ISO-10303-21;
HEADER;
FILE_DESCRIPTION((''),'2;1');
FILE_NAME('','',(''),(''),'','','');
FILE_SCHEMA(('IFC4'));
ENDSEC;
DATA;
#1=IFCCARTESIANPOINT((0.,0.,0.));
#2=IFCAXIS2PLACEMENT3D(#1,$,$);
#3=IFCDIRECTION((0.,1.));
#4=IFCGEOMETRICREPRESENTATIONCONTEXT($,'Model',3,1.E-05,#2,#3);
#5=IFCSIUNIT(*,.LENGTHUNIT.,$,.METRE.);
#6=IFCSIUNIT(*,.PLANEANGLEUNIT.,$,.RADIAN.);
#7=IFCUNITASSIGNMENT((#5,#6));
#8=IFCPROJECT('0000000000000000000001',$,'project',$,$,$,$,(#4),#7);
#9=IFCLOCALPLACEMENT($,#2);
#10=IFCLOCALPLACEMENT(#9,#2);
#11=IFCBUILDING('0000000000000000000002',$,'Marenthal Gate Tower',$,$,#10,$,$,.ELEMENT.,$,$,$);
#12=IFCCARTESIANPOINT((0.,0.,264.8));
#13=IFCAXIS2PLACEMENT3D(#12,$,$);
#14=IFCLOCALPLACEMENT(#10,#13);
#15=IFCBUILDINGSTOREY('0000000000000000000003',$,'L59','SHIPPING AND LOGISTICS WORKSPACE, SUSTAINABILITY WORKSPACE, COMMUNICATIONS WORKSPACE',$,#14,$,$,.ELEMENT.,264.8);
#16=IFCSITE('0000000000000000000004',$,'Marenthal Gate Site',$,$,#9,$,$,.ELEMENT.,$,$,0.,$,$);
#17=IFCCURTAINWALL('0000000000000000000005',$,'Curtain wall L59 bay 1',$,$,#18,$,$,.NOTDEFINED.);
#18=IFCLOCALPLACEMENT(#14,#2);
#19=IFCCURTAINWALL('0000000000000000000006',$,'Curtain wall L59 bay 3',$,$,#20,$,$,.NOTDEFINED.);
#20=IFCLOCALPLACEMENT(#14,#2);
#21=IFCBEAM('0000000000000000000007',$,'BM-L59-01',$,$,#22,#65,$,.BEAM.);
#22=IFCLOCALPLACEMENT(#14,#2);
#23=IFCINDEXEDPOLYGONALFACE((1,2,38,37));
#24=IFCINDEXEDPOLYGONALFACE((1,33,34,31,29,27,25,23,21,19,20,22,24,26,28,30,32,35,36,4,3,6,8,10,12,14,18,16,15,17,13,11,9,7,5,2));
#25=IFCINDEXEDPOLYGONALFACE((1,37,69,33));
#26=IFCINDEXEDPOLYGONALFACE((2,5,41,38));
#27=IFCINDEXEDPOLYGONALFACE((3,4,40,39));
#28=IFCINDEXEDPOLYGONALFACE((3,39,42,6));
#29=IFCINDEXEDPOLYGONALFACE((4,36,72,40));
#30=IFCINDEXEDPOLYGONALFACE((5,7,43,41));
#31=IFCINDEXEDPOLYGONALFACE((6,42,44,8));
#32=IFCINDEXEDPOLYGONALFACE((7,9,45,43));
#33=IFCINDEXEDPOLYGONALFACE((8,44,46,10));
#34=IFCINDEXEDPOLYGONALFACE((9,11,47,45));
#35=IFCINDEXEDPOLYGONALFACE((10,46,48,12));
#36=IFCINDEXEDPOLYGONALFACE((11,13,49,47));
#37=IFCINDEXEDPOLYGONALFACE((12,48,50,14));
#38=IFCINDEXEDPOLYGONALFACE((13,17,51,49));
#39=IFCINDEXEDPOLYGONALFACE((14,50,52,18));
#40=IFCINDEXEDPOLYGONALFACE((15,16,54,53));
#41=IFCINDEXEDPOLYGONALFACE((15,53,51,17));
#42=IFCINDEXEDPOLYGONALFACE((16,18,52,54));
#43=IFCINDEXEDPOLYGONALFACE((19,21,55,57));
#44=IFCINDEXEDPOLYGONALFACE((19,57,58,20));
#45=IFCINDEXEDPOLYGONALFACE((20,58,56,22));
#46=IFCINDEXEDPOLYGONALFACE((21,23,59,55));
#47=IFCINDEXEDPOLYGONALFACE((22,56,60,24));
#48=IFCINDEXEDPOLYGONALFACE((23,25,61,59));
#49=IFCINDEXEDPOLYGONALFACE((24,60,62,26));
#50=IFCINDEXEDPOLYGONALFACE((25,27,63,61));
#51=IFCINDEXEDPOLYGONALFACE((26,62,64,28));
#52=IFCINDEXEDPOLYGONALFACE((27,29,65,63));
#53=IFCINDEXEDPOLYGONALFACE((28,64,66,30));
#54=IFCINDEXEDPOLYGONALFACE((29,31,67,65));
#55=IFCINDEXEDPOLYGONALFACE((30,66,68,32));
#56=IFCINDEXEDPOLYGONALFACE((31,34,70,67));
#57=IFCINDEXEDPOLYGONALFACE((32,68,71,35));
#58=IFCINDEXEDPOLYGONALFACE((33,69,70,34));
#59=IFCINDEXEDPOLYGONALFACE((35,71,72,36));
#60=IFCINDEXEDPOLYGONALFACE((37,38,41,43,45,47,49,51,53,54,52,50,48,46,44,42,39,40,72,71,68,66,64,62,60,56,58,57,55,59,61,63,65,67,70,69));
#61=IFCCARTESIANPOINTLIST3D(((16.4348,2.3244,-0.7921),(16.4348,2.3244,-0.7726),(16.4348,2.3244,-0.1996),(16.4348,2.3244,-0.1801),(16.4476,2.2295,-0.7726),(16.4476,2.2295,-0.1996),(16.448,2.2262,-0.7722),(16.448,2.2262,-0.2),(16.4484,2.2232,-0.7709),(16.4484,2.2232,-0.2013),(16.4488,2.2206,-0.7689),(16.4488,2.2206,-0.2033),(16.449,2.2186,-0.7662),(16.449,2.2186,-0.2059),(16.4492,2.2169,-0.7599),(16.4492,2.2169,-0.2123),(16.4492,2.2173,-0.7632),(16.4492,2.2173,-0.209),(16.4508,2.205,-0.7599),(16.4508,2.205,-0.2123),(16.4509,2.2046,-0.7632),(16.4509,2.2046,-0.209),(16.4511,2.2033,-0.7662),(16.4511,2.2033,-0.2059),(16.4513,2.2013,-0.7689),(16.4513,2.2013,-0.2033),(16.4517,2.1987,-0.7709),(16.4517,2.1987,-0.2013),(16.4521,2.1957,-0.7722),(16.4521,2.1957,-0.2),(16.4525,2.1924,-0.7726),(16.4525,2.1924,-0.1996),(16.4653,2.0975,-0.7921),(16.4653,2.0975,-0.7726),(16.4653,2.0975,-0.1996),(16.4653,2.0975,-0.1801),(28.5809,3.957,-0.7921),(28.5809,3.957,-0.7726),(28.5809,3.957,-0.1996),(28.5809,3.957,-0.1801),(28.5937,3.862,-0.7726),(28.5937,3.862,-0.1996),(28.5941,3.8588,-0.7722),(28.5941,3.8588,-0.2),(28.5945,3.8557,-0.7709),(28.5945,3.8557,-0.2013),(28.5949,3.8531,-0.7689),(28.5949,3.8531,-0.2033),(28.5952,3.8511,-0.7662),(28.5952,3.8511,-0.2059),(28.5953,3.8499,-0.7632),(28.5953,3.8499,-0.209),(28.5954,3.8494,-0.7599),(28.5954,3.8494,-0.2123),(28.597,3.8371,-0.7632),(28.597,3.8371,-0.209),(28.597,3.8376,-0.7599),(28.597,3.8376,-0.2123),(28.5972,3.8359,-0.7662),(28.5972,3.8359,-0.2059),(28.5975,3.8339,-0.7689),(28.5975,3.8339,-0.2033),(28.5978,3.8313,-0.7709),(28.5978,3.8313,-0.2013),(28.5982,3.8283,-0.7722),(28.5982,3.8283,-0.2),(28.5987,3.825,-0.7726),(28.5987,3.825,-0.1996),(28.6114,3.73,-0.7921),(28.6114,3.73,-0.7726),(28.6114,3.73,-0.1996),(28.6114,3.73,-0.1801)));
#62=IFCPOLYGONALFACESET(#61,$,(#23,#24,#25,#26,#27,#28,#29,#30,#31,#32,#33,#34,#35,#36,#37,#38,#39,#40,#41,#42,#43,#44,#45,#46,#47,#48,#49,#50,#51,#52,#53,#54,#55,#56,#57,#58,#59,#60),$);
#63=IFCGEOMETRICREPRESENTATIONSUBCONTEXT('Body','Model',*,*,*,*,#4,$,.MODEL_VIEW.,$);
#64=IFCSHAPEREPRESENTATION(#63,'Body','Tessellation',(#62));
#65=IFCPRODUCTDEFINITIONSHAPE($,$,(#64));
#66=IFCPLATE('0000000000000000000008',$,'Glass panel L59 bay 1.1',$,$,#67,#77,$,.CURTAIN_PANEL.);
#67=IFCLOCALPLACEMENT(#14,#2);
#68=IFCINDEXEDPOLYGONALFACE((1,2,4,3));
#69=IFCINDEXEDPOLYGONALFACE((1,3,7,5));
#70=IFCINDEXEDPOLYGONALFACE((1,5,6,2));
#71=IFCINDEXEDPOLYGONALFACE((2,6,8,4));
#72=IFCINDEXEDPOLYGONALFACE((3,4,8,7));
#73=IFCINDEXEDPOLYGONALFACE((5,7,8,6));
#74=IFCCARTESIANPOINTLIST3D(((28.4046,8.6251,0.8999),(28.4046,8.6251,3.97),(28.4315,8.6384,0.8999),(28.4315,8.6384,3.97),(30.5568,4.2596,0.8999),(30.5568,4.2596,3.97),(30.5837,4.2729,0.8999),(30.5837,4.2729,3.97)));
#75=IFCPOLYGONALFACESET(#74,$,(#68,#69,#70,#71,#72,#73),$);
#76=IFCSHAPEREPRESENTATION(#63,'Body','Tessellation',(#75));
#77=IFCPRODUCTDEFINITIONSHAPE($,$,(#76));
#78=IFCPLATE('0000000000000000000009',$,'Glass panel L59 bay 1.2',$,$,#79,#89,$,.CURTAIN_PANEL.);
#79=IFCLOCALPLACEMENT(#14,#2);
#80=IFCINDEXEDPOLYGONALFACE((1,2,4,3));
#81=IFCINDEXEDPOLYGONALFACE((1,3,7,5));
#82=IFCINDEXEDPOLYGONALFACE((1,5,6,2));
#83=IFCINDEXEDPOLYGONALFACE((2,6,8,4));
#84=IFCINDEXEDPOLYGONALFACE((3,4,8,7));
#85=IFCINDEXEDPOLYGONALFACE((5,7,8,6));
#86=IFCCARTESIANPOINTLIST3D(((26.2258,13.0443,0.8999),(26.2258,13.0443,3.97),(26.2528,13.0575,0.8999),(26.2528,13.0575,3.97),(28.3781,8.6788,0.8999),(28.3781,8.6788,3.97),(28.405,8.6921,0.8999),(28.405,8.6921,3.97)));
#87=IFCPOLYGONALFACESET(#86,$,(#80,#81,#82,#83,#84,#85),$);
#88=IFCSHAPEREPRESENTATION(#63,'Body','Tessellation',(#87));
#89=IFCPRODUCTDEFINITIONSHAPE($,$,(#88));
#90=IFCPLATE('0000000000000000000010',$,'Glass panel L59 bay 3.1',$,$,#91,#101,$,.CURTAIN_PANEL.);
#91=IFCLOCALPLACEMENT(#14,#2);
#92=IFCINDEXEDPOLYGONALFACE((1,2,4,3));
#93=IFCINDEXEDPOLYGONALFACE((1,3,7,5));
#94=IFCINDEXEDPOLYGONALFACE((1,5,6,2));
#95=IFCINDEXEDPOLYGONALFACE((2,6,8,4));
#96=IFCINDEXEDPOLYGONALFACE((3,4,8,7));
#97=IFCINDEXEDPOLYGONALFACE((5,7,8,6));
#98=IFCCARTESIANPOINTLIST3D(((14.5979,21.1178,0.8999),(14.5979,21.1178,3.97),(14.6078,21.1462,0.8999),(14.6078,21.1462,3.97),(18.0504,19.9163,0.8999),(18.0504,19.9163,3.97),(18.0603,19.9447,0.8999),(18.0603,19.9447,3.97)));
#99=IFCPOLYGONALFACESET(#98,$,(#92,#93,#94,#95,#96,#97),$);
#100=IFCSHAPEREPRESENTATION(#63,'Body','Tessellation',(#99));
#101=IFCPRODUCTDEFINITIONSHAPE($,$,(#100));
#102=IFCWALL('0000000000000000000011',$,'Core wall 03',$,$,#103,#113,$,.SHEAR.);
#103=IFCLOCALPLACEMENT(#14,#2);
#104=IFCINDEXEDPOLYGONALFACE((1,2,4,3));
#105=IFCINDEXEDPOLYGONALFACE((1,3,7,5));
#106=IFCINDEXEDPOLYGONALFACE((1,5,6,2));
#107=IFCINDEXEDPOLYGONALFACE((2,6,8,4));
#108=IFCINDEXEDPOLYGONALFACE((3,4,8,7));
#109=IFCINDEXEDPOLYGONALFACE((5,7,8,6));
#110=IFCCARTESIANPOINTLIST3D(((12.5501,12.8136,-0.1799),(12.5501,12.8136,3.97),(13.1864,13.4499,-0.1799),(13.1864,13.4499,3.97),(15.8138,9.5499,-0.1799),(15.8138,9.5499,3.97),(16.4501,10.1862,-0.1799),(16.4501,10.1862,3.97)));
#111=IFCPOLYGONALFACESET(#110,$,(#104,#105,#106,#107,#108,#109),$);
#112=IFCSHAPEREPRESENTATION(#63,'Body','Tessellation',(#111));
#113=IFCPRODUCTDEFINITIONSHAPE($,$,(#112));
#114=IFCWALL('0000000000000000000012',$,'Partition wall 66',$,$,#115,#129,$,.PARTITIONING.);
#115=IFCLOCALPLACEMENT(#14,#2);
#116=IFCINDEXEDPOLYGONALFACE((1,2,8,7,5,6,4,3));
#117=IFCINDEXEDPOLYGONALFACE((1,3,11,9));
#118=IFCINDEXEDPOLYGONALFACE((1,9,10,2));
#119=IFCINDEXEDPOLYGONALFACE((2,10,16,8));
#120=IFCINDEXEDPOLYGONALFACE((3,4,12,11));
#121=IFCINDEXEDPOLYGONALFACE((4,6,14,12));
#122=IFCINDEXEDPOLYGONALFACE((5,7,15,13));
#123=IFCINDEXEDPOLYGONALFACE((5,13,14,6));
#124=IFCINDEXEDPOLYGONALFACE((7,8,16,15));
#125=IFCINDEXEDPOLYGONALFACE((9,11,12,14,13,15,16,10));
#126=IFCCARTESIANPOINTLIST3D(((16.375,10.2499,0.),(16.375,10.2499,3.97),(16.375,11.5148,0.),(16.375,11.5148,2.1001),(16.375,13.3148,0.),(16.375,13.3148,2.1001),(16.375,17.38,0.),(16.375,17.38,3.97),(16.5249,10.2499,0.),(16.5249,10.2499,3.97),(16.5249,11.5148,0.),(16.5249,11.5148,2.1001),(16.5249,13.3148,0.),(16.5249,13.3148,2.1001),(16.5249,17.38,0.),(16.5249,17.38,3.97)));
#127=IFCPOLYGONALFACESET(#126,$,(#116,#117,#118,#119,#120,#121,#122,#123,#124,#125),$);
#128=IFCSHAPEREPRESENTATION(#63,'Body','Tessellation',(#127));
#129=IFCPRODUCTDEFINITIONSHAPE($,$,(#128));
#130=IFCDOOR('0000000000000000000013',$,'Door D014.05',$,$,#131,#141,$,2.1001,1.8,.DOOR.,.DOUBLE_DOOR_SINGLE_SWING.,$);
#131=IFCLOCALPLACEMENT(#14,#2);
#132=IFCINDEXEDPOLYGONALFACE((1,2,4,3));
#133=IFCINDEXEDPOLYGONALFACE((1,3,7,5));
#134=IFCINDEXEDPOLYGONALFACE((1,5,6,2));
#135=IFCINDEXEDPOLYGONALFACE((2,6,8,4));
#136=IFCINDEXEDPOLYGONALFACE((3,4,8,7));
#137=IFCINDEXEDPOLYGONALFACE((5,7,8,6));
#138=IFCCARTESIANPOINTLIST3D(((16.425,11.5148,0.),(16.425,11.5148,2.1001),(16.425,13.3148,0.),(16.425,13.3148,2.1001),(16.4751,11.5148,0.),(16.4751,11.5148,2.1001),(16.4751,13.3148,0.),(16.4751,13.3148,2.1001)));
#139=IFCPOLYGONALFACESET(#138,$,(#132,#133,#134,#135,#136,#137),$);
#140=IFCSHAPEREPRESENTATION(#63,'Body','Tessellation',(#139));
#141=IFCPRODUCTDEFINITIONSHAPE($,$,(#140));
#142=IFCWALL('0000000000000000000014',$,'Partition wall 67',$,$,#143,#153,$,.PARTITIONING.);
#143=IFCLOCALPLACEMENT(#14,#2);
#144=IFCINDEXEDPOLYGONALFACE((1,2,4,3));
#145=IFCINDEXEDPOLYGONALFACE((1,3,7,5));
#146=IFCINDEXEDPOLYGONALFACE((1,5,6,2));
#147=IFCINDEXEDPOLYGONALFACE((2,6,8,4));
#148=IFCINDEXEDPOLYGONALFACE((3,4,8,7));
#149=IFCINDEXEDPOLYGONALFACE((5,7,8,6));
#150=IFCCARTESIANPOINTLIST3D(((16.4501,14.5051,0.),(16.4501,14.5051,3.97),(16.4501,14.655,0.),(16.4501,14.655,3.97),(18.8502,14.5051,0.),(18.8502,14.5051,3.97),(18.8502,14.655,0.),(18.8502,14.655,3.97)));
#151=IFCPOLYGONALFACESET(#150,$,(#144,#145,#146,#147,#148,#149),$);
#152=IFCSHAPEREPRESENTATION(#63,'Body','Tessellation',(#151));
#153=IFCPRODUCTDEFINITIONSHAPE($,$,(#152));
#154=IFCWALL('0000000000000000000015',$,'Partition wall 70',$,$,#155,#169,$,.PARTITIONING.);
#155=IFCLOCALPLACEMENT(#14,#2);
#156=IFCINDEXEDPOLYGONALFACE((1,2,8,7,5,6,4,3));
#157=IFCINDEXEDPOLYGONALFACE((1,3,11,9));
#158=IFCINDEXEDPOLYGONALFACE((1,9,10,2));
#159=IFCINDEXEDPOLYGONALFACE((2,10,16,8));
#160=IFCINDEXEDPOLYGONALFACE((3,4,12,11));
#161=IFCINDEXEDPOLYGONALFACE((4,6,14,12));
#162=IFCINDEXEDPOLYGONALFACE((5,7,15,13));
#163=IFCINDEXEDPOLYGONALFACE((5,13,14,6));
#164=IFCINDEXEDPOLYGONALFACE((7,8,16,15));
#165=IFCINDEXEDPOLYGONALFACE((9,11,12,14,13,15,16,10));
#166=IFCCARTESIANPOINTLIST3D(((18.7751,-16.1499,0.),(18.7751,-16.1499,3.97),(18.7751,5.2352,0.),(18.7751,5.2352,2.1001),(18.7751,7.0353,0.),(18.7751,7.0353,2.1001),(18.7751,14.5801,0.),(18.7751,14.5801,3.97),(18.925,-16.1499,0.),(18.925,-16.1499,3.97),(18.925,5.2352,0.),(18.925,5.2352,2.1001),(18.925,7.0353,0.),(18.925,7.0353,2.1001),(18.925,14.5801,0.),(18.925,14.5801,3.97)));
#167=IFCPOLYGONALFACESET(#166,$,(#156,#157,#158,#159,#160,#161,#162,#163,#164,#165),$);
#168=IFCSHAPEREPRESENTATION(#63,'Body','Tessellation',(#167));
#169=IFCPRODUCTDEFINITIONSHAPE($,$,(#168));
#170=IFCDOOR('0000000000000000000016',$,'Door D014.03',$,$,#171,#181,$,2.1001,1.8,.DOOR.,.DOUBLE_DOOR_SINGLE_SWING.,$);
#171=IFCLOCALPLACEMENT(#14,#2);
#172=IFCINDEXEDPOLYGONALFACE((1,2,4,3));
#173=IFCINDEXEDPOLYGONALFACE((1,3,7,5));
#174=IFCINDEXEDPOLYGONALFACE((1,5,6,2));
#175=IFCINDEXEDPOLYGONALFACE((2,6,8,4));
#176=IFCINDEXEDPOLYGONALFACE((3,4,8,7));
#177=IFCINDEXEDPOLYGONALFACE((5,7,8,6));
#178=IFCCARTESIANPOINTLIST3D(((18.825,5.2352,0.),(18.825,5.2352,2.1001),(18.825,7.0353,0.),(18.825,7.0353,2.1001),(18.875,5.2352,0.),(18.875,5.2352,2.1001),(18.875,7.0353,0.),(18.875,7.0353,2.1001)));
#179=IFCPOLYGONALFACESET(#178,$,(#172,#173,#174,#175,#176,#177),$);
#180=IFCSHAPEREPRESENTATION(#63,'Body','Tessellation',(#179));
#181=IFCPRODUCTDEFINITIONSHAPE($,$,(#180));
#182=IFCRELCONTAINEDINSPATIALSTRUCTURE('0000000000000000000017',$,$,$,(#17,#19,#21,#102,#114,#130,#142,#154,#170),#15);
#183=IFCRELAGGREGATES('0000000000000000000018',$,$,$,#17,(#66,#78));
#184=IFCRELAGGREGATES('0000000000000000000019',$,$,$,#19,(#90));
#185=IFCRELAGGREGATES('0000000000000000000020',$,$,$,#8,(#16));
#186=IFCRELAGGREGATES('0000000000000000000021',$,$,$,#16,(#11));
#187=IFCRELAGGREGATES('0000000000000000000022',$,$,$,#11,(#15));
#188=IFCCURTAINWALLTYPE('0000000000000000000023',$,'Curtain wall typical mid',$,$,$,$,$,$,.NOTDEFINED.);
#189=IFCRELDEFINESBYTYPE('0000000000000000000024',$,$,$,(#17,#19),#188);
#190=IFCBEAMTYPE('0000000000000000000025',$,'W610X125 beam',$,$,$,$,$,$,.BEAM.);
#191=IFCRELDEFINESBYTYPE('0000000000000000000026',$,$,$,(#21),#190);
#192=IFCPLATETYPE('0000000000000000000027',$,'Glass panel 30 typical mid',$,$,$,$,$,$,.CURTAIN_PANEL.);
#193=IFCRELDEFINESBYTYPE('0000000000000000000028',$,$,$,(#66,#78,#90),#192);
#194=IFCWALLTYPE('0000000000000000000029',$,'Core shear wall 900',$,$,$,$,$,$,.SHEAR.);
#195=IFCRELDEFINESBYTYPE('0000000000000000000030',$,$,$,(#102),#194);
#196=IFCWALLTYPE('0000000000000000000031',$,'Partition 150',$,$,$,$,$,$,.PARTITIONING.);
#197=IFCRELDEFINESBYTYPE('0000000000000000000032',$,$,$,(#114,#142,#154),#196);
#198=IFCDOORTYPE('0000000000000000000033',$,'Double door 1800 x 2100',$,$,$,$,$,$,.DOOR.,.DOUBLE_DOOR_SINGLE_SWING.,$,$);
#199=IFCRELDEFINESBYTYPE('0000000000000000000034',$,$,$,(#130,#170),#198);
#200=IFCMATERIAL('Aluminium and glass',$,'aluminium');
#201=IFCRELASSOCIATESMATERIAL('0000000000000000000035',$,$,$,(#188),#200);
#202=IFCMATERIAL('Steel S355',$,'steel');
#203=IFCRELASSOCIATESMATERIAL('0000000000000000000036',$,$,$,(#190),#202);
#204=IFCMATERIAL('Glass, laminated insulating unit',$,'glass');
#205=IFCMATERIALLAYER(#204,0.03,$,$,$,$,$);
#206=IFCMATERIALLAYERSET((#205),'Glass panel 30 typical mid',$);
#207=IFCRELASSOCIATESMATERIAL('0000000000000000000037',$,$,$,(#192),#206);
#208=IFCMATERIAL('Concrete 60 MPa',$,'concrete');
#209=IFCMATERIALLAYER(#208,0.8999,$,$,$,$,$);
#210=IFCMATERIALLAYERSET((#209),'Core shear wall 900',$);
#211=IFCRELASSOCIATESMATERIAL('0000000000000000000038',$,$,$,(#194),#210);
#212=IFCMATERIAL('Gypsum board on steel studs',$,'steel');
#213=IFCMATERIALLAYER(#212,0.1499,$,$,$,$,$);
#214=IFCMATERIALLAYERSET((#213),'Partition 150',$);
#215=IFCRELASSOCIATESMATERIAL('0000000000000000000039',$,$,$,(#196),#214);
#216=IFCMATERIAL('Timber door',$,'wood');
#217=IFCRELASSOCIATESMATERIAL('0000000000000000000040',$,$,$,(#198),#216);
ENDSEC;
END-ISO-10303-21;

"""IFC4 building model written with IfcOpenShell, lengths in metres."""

from ifc_helpers import new_model, si_unit, direction, frame, frame_2d, origin, origin_2d, place, context, subcontext, project, spatial, rectangle, i_section, extrude, material, layer, layer_set, material_profile, profile_set, type_object, element, fill, aggregate, save


model = new_model("IFC4")

# Units and contexts
model_context = context("Model", 3, precision=1e-05, world=origin(), true_north=direction((0.0, 1.0)))
body_context = subcontext(model_context, "Body", "Model", "MODEL_VIEW")
ifc_project = project(units=[si_unit("LENGTHUNIT", "METRE"), si_unit("PLANEANGLEUNIT", "RADIAN")], contexts=[model_context])

# Site, building, storey
site_placement = place(None, origin())
site = spatial("IfcSite", under=ifc_project, at=site_placement, Name="Marenthal Gate Site", CompositionType="ELEMENT", RefElevation=0.0)
building_placement = place(site_placement, origin())
building = spatial("IfcBuilding", under=site, at=building_placement, Name="Marenthal Gate Tower", CompositionType="ELEMENT")
storey_placement = place(building_placement, frame((0.0, 0.0, 264.8)))
storey = spatial("IfcBuildingStorey", under=building, at=storey_placement, Name="L59", Description="SHIPPING AND LOGISTICS WORKSPACE, SUSTAINABILITY WORKSPACE, COMMUNICATIONS WORKSPACE", CompositionType="ELEMENT", Elevation=264.8)

# Curtain walls
ifc_material_1 = material(Name="Aluminium and glass", Category="aluminium")
curtain_wall_type = type_object("IfcCurtainWallType", Name="Curtain wall typical mid", PredefinedType="NOTDEFINED", material=ifc_material_1)
curtain_wall_1_placement = place(storey_placement, origin())
curtain_wall_1 = element("IfcCurtainWall", 1, at=curtain_wall_1_placement, inside=storey, type_object=curtain_wall_type, Name="Curtain wall L59 bay 1", PredefinedType="NOTDEFINED")
curtain_wall_2_placement = place(storey_placement, origin())
curtain_wall_2 = element("IfcCurtainWall", 2, at=curtain_wall_2_placement, inside=storey, type_object=curtain_wall_type, Name="Curtain wall L59 bay 3", PredefinedType="NOTDEFINED")

# Beam
ifc_material_2 = material(Name="Steel S355", Category="steel")
ifc_material_profile_1 = material_profile(ifc_material_2, i_section(OverallWidth=0.229, OverallDepth=0.6121, WebThickness=0.012, FlangeThickness=0.0195, FilletRadius=0.0127, at=origin_2d()), Name="W610X125")
ifc_profile_set_1 = profile_set([ifc_material_profile_1], Name="Steel S355")
beam_type_1 = type_object("IfcBeamType", Name="W610X125 beam", PredefinedType="BEAM", material=ifc_profile_set_1)
beam_1_placement = place(storey_placement, frame((28.5962, 3.8435, -0.4861), z_axis=(-0.991088, -0.133211, 0.0), x_axis=(0.133211, -0.991088, 0.0)))
element("IfcBeam", 3, at=beam_1_placement, inside=storey, type_object=beam_type_1, Name="BM-L59-01", PredefinedType="BEAM", context=body_context, shape_type="SweptSolid", body=[
    extrude(i_section(OverallWidth=0.229, OverallDepth=0.6121, WebThickness=0.012, FlangeThickness=0.0195, FilletRadius=0.0127, at=origin_2d()), origin(), (0.0, 0.0, 1.0), 12.2554),
])

# Plates
ifc_material_3 = material(Name="Glass, laminated insulating unit", Category="glass")
ifc_layer_1 = layer(ifc_material_3, 0.03)
ifc_layer_set_1 = layer_set([ifc_layer_1], Name="Glass panel 30 typical mid")
plate_type = type_object("IfcPlateType", Name="Glass panel 30 typical mid", PredefinedType="CURTAIN_PANEL", material=ifc_layer_set_1)
plate_1_placement = place(storey_placement, frame((29.4941, 6.449, 0.8999), z_axis=(0.0, 0.0, 1.0), x_axis=(-0.442192, 0.896921, 0.0)))
plate_1 = element("IfcPlate", 4, at=plate_1_placement, type_object=plate_type, Name="Glass panel L59 bay 1.1", PredefinedType="CURTAIN_PANEL", context=body_context, shape_type="SweptSolid", body=[
    extrude(rectangle(XDim=4.8672, YDim=0.03, at=origin_2d()), origin(), (0.0, 0.0, 1.0), 3.0701),
])
plate_2_placement = place(storey_placement, frame((27.3154, 10.8682, 0.8999), z_axis=(0.0, 0.0, 1.0), x_axis=(-0.442192, 0.896921, 0.0)))
plate_2 = element("IfcPlate", 5, at=plate_2_placement, type_object=plate_type, Name="Glass panel L59 bay 1.2", PredefinedType="CURTAIN_PANEL", context=body_context, shape_type="SweptSolid", body=[
    extrude(rectangle(XDim=4.8672, YDim=0.03, at=origin_2d()), origin(), (0.0, 0.0, 1.0), 3.0701),
])
aggregate(curtain_wall_1, [plate_1, plate_2])
plate_3_placement = place(storey_placement, frame((16.3291, 20.5312, 0.8999), z_axis=(0.0, 0.0, 1.0), x_axis=(-0.944445, 0.32867, 0.0)))
plate_3 = element("IfcPlate", 6, at=plate_3_placement, type_object=plate_type, Name="Glass panel L59 bay 3.1", PredefinedType="CURTAIN_PANEL", context=body_context, shape_type="SweptSolid", body=[
    extrude(rectangle(XDim=3.6555, YDim=0.03, at=origin_2d()), origin(), (0.0, 0.0, 1.0), 3.0701),
])
aggregate(curtain_wall_2, [plate_3])

# Wall
ifc_material_4 = material(Name="Concrete 60 MPa", Category="concrete")
ifc_layer_2 = layer(ifc_material_4, 0.8999)
ifc_layer_set_2 = layer_set([ifc_layer_2], Name="Core shear wall 900")
wall_type_1 = type_object("IfcWallType", Name="Core shear wall 900", PredefinedType="SHEAR", material=ifc_layer_set_2)
wall_1_placement = place(storey_placement, frame((16.1318, 9.8682, -0.1799), z_axis=(0.0, 0.0, 1.0), x_axis=(-0.707107, 0.707107, 0.0)))
element("IfcWall", 7, at=wall_1_placement, inside=storey, type_object=wall_type_1, Name="Core wall 03", PredefinedType="SHEAR", context=body_context, shape_type="SweptSolid", body=[
    extrude(rectangle(XDim=4.6155, YDim=0.8999, at=frame_2d((2.3076, 0.0))), origin(), (0.0, 0.0, 1.0), 4.1499),
])

# Wall, opening, door
ifc_material_5 = material(Name="Gypsum board on steel studs", Category="steel")
ifc_layer_3 = layer(ifc_material_5, 0.1499)
ifc_layer_set_3 = layer_set([ifc_layer_3], Name="Partition 150")
wall_type_2 = type_object("IfcWallType", Name="Partition 150", PredefinedType="PARTITIONING", material=ifc_layer_set_3)
wall_2_placement = place(storey_placement, frame((16.45, 10.25, 0.0), z_axis=(0.0, 0.0, 1.0), x_axis=(0.0, 1.0, 0.0)))
wall_2 = element("IfcWall", 8, at=wall_2_placement, inside=storey, type_object=wall_type_2, Name="Partition wall 66", PredefinedType="PARTITIONING", context=body_context, shape_type="SweptSolid", body=[
    extrude(rectangle(XDim=7.1301, YDim=0.1499, at=frame_2d((3.5649, 0.0))), origin(), (0.0, 0.0, 1.0), 3.97),
])
opening_1_placement = place(wall_2_placement, frame((1.2649, 0.0, 0.0)))
opening_1 = element("IfcOpeningElement", 9, at=opening_1_placement, cuts=wall_2, PredefinedType="OPENING", context=body_context, shape_type="SweptSolid", body=[
    extrude(rectangle(XDim=1.8, YDim=2.1001, at=frame_2d((0.8999, 1.05))), frame((0.0, 0.085, 0.0), z_axis=(0.0, -1.0, 0.0), x_axis=(1.0, 0.0, 0.0)), (0.0, 0.0, 1.0), 0.1699),
])
ifc_material_6 = material(Name="Timber door", Category="wood")
door_type_1 = type_object("IfcDoorType", Name="Double door 1800 x 2100", OperationType="DOUBLE_DOOR_SINGLE_SWING", PredefinedType="DOOR", material=ifc_material_6)
door_1_placement = place(opening_1_placement, origin())
door_1 = element("IfcDoor", 10, at=door_1_placement, inside=storey, type_object=door_type_1, Name="Door D014.05", OperationType="DOUBLE_DOOR_SINGLE_SWING", OverallHeight=2.1001, OverallWidth=1.8, PredefinedType="DOOR", context=body_context, shape_type="SweptSolid", body=[
    extrude(rectangle(XDim=1.8, YDim=2.1001, at=frame_2d((0.8999, 1.05))), frame((0.0, 0.0249, 0.0), z_axis=(0.0, -1.0, 0.0), x_axis=(1.0, 0.0, 0.0)), (0.0, 0.0, 1.0), 0.05),
])
fill(opening_1, door_1)

# Wall
wall_3_placement = place(storey_placement, frame((16.45, 14.5801, 0.0), z_axis=(0.0, 0.0, 1.0), x_axis=(1.0, 0.0, 0.0)))
element("IfcWall", 11, at=wall_3_placement, inside=storey, type_object=wall_type_2, Name="Partition wall 67", PredefinedType="PARTITIONING", context=body_context, shape_type="SweptSolid", body=[
    extrude(rectangle(XDim=2.4001, YDim=0.1499, at=frame_2d((1.2002, 0.0))), origin(), (0.0, 0.0, 1.0), 3.97),
])

# Wall, opening, door
wall_4_placement = place(storey_placement, frame((18.8501, 14.5801, 0.0), z_axis=(0.0, 0.0, 1.0), x_axis=(0.0, -1.0, 0.0)))
wall_4 = element("IfcWall", 12, at=wall_4_placement, inside=storey, type_object=wall_type_2, Name="Partition wall 70", PredefinedType="PARTITIONING", context=body_context, shape_type="SweptSolid", body=[
    extrude(rectangle(XDim=30.73, YDim=0.1499, at=frame_2d((15.365, 0.0))), origin(), (0.0, 0.0, 1.0), 3.97),
])
opening_2_placement = place(wall_4_placement, frame((7.5449, 0.0, 0.0)))
opening_2 = element("IfcOpeningElement", 13, at=opening_2_placement, cuts=wall_4, PredefinedType="OPENING", context=body_context, shape_type="SweptSolid", body=[
    extrude(rectangle(XDim=1.8, YDim=2.1001, at=frame_2d((0.8999, 1.05))), frame((0.0, 0.085, 0.0), z_axis=(0.0, -1.0, 0.0), x_axis=(1.0, 0.0, 0.0)), (0.0, 0.0, 1.0), 0.1699),
])
door_2_placement = place(opening_2_placement, origin())
door_2 = element("IfcDoor", 14, at=door_2_placement, inside=storey, type_object=door_type_1, Name="Door D014.03", OperationType="DOUBLE_DOOR_SINGLE_SWING", OverallHeight=2.1001, OverallWidth=1.8, PredefinedType="DOOR", context=body_context, shape_type="SweptSolid", body=[
    extrude(rectangle(XDim=1.8, YDim=2.1001, at=frame_2d((0.8999, 1.05))), frame((0.0, 0.0249, 0.0), z_axis=(0.0, -1.0, 0.0), x_axis=(1.0, 0.0, 0.0)), (0.0, 0.0, 1.0), 0.05),
])
fill(opening_2, door_2)

save(model, "model.ifc")
